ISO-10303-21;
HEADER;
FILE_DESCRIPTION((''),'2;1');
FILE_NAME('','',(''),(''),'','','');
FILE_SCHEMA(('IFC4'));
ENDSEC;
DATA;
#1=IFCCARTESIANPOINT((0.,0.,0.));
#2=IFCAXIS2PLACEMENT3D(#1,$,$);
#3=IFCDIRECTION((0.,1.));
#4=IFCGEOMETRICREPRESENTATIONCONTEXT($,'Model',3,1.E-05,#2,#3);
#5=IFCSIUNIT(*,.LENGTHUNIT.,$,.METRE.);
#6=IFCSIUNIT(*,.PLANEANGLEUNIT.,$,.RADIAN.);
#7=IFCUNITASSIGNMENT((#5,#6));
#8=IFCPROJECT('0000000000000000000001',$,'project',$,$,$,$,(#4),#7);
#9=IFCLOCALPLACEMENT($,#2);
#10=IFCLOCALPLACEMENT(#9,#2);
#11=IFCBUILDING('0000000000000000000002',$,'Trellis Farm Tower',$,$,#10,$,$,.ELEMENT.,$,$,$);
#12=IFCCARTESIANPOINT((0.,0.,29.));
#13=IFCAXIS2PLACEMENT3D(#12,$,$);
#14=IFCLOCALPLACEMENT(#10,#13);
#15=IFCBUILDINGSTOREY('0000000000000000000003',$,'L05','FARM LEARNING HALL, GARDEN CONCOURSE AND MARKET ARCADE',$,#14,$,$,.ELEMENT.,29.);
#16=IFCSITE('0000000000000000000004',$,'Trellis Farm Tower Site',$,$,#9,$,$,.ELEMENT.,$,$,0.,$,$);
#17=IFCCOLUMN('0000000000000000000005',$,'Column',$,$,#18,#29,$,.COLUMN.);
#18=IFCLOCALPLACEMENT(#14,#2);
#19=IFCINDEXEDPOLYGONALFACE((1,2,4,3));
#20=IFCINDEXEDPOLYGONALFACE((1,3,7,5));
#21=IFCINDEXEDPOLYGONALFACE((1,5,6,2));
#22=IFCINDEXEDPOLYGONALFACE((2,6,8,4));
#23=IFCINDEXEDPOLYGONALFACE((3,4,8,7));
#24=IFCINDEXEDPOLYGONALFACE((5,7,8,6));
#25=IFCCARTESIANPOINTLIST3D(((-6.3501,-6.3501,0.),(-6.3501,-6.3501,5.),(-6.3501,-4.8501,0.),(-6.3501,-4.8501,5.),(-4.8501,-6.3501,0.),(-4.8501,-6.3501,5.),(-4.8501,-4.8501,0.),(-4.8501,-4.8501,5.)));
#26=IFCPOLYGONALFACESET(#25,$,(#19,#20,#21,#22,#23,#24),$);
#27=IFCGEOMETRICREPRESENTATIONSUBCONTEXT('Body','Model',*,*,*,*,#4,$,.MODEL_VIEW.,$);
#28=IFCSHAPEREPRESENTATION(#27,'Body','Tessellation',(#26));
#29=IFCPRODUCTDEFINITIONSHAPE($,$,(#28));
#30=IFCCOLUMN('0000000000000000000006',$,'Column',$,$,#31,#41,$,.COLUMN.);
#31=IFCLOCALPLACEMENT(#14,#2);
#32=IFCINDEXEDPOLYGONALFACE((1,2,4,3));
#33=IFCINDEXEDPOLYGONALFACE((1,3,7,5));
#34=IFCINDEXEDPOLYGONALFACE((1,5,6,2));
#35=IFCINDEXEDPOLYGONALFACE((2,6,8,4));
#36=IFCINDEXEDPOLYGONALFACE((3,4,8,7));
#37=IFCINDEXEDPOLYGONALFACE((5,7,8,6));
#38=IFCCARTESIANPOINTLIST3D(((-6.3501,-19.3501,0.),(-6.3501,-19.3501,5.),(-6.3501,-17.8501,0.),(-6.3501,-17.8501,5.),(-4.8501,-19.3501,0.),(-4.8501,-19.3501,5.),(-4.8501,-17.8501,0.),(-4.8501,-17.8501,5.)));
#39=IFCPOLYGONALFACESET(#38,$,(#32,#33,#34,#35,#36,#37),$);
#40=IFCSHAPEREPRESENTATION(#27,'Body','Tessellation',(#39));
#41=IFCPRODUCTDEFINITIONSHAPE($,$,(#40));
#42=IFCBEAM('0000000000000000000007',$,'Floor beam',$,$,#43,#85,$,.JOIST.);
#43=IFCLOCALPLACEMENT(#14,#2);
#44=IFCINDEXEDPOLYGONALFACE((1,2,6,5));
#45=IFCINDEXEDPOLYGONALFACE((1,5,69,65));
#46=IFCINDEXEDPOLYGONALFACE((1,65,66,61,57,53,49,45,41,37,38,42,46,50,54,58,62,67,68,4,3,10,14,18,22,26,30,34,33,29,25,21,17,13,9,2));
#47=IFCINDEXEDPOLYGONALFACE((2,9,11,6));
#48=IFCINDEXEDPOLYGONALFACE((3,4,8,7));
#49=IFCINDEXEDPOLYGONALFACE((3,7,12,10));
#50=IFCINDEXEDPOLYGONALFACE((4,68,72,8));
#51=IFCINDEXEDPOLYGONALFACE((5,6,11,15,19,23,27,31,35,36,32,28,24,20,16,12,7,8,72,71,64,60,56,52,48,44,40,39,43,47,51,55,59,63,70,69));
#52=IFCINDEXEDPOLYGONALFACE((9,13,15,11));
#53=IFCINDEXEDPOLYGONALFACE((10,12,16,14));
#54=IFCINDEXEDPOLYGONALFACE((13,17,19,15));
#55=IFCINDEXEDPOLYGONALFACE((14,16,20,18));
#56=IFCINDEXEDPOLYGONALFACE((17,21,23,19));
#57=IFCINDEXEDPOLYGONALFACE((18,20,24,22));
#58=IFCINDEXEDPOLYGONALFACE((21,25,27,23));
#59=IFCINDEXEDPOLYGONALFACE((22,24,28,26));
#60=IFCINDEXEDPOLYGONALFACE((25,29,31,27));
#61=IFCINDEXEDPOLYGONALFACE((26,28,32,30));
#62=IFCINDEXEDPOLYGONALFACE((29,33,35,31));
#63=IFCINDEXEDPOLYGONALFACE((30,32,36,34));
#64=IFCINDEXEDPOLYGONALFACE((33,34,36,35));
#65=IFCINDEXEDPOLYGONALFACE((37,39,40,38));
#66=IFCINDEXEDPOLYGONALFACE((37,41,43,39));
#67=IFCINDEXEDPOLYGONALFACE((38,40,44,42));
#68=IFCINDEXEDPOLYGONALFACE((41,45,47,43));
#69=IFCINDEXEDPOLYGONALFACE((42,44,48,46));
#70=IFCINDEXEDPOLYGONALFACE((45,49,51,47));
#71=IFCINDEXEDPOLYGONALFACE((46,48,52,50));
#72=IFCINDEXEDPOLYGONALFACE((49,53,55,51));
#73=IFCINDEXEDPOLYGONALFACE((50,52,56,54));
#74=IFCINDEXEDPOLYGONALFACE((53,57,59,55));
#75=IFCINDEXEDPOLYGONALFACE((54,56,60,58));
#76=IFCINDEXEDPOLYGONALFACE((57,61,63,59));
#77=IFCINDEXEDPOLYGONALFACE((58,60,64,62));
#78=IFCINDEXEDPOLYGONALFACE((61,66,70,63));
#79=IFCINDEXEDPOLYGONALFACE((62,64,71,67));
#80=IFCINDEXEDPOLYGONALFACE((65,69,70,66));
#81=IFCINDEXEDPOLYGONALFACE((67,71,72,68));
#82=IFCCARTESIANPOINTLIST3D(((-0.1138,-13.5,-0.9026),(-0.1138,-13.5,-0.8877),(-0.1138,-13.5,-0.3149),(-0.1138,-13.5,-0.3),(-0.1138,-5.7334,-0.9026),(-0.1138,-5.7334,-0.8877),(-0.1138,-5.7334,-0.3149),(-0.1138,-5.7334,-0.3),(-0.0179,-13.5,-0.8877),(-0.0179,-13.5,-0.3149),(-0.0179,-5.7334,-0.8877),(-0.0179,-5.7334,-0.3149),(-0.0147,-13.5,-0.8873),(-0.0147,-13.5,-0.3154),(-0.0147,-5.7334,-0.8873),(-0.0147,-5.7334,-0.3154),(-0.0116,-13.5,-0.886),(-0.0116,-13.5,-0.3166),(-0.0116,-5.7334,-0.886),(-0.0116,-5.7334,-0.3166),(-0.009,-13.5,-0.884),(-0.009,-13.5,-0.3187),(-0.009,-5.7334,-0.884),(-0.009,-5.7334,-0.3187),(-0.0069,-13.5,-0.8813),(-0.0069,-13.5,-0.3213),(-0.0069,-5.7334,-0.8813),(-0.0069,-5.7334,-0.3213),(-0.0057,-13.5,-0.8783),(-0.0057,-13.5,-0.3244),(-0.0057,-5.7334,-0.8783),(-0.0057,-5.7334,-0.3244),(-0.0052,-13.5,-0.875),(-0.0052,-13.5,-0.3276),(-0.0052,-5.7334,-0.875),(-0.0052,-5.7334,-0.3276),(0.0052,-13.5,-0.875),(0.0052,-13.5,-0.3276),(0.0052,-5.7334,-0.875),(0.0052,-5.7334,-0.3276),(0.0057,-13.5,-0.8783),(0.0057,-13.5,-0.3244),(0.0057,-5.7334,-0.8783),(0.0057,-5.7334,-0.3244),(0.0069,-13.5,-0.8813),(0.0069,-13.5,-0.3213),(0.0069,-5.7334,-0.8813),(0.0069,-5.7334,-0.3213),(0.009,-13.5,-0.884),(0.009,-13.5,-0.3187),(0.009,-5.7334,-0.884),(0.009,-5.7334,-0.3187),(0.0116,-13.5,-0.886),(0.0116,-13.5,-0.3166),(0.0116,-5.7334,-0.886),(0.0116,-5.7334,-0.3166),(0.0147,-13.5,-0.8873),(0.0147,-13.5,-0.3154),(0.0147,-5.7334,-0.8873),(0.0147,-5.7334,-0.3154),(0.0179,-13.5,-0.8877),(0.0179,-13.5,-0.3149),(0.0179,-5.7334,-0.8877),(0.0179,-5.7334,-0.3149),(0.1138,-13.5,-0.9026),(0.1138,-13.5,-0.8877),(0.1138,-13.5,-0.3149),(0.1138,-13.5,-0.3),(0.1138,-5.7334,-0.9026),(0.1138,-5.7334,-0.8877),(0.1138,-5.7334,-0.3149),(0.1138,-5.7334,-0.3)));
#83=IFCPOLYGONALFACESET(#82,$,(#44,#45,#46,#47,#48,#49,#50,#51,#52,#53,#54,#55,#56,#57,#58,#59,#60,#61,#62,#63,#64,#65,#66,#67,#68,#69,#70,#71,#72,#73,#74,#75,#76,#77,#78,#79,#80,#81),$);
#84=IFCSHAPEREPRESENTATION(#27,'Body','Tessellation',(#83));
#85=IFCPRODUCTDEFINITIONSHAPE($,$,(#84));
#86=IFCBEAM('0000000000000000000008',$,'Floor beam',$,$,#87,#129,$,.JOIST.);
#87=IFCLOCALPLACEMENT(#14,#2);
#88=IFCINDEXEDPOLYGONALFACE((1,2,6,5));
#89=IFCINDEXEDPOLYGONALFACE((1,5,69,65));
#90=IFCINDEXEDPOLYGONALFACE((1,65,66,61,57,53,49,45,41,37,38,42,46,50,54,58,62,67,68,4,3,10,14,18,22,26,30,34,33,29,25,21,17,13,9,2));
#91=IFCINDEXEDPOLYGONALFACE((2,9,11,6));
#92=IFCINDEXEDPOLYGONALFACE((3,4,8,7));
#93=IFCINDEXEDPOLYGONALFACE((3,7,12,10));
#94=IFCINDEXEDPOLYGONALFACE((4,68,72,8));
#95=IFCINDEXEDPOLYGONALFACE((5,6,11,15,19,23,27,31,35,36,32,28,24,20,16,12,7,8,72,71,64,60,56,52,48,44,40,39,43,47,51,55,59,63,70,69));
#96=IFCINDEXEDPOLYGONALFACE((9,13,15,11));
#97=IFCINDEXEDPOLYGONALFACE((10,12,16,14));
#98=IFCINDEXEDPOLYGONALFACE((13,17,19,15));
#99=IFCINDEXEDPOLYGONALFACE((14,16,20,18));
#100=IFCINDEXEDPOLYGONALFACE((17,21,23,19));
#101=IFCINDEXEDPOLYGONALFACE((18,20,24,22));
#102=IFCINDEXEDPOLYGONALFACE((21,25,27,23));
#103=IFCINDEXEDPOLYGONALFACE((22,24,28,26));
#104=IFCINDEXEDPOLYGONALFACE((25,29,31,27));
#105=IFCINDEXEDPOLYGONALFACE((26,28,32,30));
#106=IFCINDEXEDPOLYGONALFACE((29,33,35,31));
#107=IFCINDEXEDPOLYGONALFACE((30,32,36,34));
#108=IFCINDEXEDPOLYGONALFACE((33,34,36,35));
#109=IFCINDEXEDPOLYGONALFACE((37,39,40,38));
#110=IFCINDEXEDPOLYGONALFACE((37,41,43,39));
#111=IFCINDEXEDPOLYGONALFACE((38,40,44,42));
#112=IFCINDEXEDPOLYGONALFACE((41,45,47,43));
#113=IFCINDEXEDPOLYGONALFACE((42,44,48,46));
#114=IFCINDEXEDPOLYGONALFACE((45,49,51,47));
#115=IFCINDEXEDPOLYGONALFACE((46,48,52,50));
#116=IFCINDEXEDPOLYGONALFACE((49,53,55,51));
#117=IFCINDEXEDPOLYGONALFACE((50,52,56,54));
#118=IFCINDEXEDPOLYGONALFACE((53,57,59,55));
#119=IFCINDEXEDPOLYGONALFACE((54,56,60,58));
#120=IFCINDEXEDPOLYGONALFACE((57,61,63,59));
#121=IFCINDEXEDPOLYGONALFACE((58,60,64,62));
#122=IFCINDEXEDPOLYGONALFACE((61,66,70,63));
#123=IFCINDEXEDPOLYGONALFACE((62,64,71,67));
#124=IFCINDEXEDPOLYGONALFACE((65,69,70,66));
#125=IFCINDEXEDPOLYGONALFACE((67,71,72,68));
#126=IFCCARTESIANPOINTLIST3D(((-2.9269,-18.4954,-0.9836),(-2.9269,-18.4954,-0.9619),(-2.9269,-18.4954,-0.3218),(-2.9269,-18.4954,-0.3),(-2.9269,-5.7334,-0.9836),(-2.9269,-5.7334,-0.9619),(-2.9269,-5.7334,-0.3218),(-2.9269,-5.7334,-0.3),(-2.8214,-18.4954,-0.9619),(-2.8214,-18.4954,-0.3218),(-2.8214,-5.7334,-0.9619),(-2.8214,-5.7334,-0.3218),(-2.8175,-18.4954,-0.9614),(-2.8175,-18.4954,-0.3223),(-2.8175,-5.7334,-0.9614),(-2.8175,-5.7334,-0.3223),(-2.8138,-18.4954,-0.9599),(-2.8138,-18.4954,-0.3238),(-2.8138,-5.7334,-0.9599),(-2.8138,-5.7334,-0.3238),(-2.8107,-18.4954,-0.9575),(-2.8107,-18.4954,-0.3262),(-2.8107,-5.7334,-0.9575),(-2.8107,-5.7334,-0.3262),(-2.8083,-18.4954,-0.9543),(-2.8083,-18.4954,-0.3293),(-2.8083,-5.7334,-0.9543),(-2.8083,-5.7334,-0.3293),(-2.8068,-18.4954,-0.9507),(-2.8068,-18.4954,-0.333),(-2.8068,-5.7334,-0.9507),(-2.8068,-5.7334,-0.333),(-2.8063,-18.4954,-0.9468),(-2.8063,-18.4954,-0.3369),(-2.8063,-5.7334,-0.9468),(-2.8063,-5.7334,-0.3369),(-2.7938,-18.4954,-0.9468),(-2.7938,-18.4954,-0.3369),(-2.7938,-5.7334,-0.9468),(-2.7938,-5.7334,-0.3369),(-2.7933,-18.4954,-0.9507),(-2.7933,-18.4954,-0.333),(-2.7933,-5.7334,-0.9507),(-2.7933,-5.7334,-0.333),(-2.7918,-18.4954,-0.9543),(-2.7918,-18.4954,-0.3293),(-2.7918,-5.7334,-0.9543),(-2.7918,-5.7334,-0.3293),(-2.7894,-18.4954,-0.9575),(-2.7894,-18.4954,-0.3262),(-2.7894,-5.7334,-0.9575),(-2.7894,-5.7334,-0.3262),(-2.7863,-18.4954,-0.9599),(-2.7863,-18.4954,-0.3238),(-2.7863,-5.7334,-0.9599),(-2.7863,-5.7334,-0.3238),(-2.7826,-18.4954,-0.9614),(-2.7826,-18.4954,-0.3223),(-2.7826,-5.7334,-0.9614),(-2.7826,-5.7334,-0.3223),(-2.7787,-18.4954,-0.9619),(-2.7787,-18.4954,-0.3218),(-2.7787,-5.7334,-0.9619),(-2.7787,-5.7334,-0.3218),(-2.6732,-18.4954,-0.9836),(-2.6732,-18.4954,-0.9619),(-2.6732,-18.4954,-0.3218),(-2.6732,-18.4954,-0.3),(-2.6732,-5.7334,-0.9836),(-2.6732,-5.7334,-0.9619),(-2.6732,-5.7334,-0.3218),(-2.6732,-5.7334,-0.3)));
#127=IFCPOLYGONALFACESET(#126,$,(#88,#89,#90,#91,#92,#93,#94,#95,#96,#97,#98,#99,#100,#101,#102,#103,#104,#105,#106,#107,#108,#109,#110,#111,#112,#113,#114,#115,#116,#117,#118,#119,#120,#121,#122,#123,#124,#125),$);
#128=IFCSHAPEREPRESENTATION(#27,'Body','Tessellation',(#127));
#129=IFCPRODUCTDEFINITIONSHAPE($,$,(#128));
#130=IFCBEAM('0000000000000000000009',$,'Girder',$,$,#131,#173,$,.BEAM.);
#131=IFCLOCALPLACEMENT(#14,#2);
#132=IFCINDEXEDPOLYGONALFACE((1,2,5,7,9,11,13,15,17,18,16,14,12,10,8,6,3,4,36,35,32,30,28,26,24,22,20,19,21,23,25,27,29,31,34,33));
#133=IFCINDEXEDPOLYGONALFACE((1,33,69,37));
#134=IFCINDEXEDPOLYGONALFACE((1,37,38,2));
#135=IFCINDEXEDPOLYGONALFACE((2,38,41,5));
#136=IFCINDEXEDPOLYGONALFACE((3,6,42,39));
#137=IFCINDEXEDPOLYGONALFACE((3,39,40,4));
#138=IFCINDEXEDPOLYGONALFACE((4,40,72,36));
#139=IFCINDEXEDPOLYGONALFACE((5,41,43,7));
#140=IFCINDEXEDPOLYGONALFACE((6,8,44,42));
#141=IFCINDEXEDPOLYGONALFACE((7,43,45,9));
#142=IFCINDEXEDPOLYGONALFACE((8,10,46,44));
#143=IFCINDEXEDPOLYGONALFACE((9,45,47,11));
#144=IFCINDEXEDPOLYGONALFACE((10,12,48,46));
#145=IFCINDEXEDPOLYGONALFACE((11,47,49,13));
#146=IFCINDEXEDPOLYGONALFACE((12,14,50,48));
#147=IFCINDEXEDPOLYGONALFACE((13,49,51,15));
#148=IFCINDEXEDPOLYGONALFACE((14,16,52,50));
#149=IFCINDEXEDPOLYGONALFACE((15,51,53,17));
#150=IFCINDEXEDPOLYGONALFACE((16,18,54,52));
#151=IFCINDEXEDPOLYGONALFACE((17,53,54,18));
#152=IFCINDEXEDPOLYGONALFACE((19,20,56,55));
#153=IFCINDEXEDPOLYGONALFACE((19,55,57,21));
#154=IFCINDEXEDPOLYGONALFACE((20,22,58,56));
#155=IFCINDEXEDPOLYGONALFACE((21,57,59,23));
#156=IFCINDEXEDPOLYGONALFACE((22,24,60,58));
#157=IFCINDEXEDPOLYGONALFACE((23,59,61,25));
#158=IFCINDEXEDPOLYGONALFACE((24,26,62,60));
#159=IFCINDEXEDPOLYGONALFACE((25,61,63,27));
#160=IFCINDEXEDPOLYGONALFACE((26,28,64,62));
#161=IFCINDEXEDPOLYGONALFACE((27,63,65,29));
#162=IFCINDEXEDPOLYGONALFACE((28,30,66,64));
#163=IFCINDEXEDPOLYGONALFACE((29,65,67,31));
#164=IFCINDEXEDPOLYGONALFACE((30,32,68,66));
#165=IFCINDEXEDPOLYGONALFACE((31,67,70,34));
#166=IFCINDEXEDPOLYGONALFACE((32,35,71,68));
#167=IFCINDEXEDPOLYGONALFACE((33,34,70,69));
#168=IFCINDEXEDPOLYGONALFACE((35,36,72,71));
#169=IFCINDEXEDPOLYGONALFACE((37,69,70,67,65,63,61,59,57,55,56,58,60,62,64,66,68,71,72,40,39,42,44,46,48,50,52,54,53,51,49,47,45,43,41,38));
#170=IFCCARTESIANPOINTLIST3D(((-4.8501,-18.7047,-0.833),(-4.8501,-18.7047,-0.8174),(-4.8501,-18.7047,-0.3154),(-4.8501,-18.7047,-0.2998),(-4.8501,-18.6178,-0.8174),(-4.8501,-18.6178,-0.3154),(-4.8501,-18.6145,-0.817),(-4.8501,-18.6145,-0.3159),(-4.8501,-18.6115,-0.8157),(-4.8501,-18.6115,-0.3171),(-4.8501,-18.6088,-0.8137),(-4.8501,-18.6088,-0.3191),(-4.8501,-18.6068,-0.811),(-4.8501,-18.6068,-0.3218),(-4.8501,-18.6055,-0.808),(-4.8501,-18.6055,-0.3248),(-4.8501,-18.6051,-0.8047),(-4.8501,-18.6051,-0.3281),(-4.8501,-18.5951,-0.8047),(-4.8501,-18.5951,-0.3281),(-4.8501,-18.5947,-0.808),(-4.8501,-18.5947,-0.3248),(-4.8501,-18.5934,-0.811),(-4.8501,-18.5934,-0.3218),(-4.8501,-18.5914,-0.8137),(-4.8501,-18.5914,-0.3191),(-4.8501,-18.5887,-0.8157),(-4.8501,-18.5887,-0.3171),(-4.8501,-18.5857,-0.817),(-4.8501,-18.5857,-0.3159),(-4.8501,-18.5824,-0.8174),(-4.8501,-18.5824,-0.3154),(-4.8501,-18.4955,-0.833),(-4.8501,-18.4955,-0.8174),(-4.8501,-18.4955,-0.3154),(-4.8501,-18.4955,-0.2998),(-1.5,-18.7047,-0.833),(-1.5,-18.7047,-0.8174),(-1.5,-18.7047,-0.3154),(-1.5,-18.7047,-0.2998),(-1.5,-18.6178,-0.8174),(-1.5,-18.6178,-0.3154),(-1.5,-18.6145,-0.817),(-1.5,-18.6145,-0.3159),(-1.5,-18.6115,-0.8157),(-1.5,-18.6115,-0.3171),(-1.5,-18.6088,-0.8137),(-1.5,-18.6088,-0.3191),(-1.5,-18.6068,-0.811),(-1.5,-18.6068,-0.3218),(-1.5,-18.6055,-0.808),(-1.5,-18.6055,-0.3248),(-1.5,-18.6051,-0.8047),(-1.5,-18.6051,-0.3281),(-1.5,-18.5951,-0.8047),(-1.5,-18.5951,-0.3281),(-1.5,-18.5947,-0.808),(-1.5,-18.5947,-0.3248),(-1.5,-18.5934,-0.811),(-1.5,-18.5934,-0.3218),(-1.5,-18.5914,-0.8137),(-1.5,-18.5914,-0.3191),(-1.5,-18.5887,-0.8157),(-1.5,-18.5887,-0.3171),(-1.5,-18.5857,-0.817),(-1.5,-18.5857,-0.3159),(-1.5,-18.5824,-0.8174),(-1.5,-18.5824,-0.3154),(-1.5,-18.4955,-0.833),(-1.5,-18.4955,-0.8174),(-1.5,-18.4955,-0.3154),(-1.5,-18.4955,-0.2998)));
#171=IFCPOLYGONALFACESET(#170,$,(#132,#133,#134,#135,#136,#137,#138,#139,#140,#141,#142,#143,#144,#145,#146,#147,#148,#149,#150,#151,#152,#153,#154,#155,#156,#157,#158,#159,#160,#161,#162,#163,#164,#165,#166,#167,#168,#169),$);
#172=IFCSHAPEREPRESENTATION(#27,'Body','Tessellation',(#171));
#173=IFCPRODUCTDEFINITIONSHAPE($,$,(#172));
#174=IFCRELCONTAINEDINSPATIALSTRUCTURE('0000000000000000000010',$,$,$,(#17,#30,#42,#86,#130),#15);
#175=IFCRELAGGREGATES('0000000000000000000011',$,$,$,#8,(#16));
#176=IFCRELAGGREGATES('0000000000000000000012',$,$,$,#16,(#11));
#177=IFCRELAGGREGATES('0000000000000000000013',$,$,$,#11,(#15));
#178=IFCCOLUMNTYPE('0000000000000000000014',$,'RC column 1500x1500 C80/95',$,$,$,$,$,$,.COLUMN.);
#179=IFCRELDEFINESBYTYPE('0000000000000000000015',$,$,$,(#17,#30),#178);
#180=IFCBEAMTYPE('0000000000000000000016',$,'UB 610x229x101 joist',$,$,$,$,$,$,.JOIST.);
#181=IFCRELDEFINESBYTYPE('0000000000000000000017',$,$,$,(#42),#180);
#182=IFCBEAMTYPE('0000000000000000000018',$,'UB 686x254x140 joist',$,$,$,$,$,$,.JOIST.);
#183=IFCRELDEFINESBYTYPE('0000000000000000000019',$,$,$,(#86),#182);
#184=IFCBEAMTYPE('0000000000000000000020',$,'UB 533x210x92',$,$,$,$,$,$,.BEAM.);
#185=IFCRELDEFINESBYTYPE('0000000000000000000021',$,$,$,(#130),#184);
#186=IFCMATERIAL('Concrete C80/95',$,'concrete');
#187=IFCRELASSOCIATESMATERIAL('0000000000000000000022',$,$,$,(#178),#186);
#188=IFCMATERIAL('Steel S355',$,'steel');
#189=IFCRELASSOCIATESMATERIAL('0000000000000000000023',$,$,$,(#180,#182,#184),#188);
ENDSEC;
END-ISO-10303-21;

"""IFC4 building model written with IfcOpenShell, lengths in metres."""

from ifc_helpers import new_model, si_unit, direction, frame, origin, origin_2d, place, context, subcontext, project, spatial, rectangle, i_section, extrude, source, transform, mapped, material, material_profile, profile_set, type_object, element, save


model = new_model("IFC4")

# Units and contexts
model_context = context("Model", 3, precision=1e-05, world=origin(), true_north=direction((0.0, 1.0)))
body_context = subcontext(model_context, "Body", "Model", "MODEL_VIEW")
ifc_project = project(units=[si_unit("LENGTHUNIT", "METRE"), si_unit("PLANEANGLEUNIT", "RADIAN")], contexts=[model_context])

# Site, building, storey
site_placement = place(None, origin())
site = spatial("IfcSite", under=ifc_project, at=site_placement, Name="Trellis Farm Tower Site", CompositionType="ELEMENT", RefElevation=0.0)
building_placement = place(site_placement, origin())
building = spatial("IfcBuilding", under=site, at=building_placement, Name="Trellis Farm Tower", CompositionType="ELEMENT")
storey_placement = place(building_placement, frame((0.0, 0.0, 29.0)))
storey = spatial("IfcBuildingStorey", under=building, at=storey_placement, Name="L05", Description="FARM LEARNING HALL, GARDEN CONCOURSE AND MARKET ARCADE", CompositionType="ELEMENT", Elevation=29.0)

# Columns
ifc_material_1 = material(Name="Concrete C80/95", Category="concrete")
ifc_material_profile_1 = material_profile(ifc_material_1, rectangle(XDim=1.5, YDim=1.5, at=origin_2d()), Name="RC column 1500x1500 C80/95")
ifc_profile_set_1 = profile_set([ifc_material_profile_1], Name="Concrete C80/95")
column_type = type_object("IfcColumnType", Name="RC column 1500x1500 C80/95", PredefinedType="COLUMN", material=ifc_profile_set_1)
shared_shape_1 = source(origin(), body_context, "Body", "SweptSolid", [
    extrude(rectangle(XDim=1.5, YDim=1.5, at=origin_2d()), origin(), (0.0, 0.0, 1.0), 5.0),
])
for number, where, z_axis, x_axis, name in (
    (1, (-5.6001, -5.6001, 0.0), (0.0, 0.0, 1.0), (1.0, 0.0, 0.0), "Column"),
    (2, (-5.6001, -18.6001, 0.0), (0.0, 0.0, 1.0), (1.0, 0.0, 0.0), "Column"),
):
    element("IfcColumn", number, at=place(storey_placement, frame(where, z_axis=z_axis, x_axis=x_axis)), inside=storey, type_object=column_type, Name=name, PredefinedType="COLUMN", context=body_context, shape_type="MappedRepresentation", body=[
        mapped(shared_shape_1, transform((0.0, 0.0, 0.0))),
    ])

# Beams
ifc_material_2 = material(Name="Steel S355", Category="steel")
ifc_material_profile_2 = material_profile(ifc_material_2, i_section(OverallWidth=0.2275, OverallDepth=0.6025, WebThickness=0.0105, FlangeThickness=0.0149, FilletRadius=0.0127, at=origin_2d()), Name="UB 610x229x101")
ifc_profile_set_2 = profile_set([ifc_material_profile_2], Name="Steel S355")
beam_type_1 = type_object("IfcBeamType", Name="UB 610x229x101 joist", PredefinedType="JOIST", material=ifc_profile_set_2)
shared_shape_2 = source(origin(), body_context, "Body", "SweptSolid", [
    extrude(i_section(OverallWidth=0.2275, OverallDepth=0.6025, WebThickness=0.0105, FlangeThickness=0.0149, FilletRadius=0.0127, at=origin_2d()), origin(), (0.0, 0.0, 1.0), 7.7666),
])
beam_1_placement = place(storey_placement, frame((0.0, -13.5, -0.6013), z_axis=(0.0, 1.0, 0.0), x_axis=(-1.0, 0.0, 0.0)))
element("IfcBeam", 3, at=beam_1_placement, inside=storey, type_object=beam_type_1, Name="Floor beam", PredefinedType="JOIST", context=body_context, shape_type="MappedRepresentation", body=[
    mapped(shared_shape_2, transform((0.0, 0.0, 0.0))),
])
ifc_material_profile_3 = material_profile(ifc_material_2, i_section(OverallWidth=0.2537, OverallDepth=0.6836, WebThickness=0.0125, FlangeThickness=0.0217, FilletRadius=0.0151, at=origin_2d()), Name="UB 686x254x140")
ifc_profile_set_3 = profile_set([ifc_material_profile_3], Name="Steel S355")
beam_type_2 = type_object("IfcBeamType", Name="UB 686x254x140 joist", PredefinedType="JOIST", material=ifc_profile_set_3)
shared_shape_3 = source(origin(), body_context, "Body", "SweptSolid", [
    extrude(i_section(OverallWidth=0.2537, OverallDepth=0.6836, WebThickness=0.0125, FlangeThickness=0.0217, FilletRadius=0.0151, at=origin_2d()), origin(), (0.0, 0.0, 1.0), 12.762),
])
beam_2_placement = place(storey_placement, frame((-2.8, -18.4954, -0.6418), z_axis=(0.0, 1.0, 0.0), x_axis=(-1.0, 0.0, 0.0)))
element("IfcBeam", 4, at=beam_2_placement, inside=storey, type_object=beam_type_2, Name="Floor beam", PredefinedType="JOIST", context=body_context, shape_type="MappedRepresentation", body=[
    mapped(shared_shape_3, transform((0.0, 0.0, 0.0))),
])
ifc_material_profile_4 = material_profile(ifc_material_2, i_section(OverallWidth=0.2092, OverallDepth=0.5332, WebThickness=0.01, FlangeThickness=0.0156, FilletRadius=0.0127, at=origin_2d()), Name="UB 533x210x92")
ifc_profile_set_4 = profile_set([ifc_material_profile_4], Name="Steel S355")
beam_type_3 = type_object("IfcBeamType", Name="UB 533x210x92", PredefinedType="BEAM", material=ifc_profile_set_4)
shared_shape_4 = source(origin(), body_context, "Body", "SweptSolid", [
    extrude(i_section(OverallWidth=0.2092, OverallDepth=0.5332, WebThickness=0.01, FlangeThickness=0.0156, FilletRadius=0.0127, at=origin_2d()), origin(), (0.0, 0.0, 1.0), 3.3501),
])
beam_3_placement = place(storey_placement, frame((-4.8501, -18.6001, -0.5664), z_axis=(1.0, 0.0, 0.0), x_axis=(0.0, 1.0, 0.0)))
element("IfcBeam", 5, at=beam_3_placement, inside=storey, type_object=beam_type_3, Name="Girder", PredefinedType="BEAM", context=body_context, shape_type="MappedRepresentation", body=[
    mapped(shared_shape_4, transform((0.0, 0.0, 0.0))),
])

save(model, "model.ifc")
